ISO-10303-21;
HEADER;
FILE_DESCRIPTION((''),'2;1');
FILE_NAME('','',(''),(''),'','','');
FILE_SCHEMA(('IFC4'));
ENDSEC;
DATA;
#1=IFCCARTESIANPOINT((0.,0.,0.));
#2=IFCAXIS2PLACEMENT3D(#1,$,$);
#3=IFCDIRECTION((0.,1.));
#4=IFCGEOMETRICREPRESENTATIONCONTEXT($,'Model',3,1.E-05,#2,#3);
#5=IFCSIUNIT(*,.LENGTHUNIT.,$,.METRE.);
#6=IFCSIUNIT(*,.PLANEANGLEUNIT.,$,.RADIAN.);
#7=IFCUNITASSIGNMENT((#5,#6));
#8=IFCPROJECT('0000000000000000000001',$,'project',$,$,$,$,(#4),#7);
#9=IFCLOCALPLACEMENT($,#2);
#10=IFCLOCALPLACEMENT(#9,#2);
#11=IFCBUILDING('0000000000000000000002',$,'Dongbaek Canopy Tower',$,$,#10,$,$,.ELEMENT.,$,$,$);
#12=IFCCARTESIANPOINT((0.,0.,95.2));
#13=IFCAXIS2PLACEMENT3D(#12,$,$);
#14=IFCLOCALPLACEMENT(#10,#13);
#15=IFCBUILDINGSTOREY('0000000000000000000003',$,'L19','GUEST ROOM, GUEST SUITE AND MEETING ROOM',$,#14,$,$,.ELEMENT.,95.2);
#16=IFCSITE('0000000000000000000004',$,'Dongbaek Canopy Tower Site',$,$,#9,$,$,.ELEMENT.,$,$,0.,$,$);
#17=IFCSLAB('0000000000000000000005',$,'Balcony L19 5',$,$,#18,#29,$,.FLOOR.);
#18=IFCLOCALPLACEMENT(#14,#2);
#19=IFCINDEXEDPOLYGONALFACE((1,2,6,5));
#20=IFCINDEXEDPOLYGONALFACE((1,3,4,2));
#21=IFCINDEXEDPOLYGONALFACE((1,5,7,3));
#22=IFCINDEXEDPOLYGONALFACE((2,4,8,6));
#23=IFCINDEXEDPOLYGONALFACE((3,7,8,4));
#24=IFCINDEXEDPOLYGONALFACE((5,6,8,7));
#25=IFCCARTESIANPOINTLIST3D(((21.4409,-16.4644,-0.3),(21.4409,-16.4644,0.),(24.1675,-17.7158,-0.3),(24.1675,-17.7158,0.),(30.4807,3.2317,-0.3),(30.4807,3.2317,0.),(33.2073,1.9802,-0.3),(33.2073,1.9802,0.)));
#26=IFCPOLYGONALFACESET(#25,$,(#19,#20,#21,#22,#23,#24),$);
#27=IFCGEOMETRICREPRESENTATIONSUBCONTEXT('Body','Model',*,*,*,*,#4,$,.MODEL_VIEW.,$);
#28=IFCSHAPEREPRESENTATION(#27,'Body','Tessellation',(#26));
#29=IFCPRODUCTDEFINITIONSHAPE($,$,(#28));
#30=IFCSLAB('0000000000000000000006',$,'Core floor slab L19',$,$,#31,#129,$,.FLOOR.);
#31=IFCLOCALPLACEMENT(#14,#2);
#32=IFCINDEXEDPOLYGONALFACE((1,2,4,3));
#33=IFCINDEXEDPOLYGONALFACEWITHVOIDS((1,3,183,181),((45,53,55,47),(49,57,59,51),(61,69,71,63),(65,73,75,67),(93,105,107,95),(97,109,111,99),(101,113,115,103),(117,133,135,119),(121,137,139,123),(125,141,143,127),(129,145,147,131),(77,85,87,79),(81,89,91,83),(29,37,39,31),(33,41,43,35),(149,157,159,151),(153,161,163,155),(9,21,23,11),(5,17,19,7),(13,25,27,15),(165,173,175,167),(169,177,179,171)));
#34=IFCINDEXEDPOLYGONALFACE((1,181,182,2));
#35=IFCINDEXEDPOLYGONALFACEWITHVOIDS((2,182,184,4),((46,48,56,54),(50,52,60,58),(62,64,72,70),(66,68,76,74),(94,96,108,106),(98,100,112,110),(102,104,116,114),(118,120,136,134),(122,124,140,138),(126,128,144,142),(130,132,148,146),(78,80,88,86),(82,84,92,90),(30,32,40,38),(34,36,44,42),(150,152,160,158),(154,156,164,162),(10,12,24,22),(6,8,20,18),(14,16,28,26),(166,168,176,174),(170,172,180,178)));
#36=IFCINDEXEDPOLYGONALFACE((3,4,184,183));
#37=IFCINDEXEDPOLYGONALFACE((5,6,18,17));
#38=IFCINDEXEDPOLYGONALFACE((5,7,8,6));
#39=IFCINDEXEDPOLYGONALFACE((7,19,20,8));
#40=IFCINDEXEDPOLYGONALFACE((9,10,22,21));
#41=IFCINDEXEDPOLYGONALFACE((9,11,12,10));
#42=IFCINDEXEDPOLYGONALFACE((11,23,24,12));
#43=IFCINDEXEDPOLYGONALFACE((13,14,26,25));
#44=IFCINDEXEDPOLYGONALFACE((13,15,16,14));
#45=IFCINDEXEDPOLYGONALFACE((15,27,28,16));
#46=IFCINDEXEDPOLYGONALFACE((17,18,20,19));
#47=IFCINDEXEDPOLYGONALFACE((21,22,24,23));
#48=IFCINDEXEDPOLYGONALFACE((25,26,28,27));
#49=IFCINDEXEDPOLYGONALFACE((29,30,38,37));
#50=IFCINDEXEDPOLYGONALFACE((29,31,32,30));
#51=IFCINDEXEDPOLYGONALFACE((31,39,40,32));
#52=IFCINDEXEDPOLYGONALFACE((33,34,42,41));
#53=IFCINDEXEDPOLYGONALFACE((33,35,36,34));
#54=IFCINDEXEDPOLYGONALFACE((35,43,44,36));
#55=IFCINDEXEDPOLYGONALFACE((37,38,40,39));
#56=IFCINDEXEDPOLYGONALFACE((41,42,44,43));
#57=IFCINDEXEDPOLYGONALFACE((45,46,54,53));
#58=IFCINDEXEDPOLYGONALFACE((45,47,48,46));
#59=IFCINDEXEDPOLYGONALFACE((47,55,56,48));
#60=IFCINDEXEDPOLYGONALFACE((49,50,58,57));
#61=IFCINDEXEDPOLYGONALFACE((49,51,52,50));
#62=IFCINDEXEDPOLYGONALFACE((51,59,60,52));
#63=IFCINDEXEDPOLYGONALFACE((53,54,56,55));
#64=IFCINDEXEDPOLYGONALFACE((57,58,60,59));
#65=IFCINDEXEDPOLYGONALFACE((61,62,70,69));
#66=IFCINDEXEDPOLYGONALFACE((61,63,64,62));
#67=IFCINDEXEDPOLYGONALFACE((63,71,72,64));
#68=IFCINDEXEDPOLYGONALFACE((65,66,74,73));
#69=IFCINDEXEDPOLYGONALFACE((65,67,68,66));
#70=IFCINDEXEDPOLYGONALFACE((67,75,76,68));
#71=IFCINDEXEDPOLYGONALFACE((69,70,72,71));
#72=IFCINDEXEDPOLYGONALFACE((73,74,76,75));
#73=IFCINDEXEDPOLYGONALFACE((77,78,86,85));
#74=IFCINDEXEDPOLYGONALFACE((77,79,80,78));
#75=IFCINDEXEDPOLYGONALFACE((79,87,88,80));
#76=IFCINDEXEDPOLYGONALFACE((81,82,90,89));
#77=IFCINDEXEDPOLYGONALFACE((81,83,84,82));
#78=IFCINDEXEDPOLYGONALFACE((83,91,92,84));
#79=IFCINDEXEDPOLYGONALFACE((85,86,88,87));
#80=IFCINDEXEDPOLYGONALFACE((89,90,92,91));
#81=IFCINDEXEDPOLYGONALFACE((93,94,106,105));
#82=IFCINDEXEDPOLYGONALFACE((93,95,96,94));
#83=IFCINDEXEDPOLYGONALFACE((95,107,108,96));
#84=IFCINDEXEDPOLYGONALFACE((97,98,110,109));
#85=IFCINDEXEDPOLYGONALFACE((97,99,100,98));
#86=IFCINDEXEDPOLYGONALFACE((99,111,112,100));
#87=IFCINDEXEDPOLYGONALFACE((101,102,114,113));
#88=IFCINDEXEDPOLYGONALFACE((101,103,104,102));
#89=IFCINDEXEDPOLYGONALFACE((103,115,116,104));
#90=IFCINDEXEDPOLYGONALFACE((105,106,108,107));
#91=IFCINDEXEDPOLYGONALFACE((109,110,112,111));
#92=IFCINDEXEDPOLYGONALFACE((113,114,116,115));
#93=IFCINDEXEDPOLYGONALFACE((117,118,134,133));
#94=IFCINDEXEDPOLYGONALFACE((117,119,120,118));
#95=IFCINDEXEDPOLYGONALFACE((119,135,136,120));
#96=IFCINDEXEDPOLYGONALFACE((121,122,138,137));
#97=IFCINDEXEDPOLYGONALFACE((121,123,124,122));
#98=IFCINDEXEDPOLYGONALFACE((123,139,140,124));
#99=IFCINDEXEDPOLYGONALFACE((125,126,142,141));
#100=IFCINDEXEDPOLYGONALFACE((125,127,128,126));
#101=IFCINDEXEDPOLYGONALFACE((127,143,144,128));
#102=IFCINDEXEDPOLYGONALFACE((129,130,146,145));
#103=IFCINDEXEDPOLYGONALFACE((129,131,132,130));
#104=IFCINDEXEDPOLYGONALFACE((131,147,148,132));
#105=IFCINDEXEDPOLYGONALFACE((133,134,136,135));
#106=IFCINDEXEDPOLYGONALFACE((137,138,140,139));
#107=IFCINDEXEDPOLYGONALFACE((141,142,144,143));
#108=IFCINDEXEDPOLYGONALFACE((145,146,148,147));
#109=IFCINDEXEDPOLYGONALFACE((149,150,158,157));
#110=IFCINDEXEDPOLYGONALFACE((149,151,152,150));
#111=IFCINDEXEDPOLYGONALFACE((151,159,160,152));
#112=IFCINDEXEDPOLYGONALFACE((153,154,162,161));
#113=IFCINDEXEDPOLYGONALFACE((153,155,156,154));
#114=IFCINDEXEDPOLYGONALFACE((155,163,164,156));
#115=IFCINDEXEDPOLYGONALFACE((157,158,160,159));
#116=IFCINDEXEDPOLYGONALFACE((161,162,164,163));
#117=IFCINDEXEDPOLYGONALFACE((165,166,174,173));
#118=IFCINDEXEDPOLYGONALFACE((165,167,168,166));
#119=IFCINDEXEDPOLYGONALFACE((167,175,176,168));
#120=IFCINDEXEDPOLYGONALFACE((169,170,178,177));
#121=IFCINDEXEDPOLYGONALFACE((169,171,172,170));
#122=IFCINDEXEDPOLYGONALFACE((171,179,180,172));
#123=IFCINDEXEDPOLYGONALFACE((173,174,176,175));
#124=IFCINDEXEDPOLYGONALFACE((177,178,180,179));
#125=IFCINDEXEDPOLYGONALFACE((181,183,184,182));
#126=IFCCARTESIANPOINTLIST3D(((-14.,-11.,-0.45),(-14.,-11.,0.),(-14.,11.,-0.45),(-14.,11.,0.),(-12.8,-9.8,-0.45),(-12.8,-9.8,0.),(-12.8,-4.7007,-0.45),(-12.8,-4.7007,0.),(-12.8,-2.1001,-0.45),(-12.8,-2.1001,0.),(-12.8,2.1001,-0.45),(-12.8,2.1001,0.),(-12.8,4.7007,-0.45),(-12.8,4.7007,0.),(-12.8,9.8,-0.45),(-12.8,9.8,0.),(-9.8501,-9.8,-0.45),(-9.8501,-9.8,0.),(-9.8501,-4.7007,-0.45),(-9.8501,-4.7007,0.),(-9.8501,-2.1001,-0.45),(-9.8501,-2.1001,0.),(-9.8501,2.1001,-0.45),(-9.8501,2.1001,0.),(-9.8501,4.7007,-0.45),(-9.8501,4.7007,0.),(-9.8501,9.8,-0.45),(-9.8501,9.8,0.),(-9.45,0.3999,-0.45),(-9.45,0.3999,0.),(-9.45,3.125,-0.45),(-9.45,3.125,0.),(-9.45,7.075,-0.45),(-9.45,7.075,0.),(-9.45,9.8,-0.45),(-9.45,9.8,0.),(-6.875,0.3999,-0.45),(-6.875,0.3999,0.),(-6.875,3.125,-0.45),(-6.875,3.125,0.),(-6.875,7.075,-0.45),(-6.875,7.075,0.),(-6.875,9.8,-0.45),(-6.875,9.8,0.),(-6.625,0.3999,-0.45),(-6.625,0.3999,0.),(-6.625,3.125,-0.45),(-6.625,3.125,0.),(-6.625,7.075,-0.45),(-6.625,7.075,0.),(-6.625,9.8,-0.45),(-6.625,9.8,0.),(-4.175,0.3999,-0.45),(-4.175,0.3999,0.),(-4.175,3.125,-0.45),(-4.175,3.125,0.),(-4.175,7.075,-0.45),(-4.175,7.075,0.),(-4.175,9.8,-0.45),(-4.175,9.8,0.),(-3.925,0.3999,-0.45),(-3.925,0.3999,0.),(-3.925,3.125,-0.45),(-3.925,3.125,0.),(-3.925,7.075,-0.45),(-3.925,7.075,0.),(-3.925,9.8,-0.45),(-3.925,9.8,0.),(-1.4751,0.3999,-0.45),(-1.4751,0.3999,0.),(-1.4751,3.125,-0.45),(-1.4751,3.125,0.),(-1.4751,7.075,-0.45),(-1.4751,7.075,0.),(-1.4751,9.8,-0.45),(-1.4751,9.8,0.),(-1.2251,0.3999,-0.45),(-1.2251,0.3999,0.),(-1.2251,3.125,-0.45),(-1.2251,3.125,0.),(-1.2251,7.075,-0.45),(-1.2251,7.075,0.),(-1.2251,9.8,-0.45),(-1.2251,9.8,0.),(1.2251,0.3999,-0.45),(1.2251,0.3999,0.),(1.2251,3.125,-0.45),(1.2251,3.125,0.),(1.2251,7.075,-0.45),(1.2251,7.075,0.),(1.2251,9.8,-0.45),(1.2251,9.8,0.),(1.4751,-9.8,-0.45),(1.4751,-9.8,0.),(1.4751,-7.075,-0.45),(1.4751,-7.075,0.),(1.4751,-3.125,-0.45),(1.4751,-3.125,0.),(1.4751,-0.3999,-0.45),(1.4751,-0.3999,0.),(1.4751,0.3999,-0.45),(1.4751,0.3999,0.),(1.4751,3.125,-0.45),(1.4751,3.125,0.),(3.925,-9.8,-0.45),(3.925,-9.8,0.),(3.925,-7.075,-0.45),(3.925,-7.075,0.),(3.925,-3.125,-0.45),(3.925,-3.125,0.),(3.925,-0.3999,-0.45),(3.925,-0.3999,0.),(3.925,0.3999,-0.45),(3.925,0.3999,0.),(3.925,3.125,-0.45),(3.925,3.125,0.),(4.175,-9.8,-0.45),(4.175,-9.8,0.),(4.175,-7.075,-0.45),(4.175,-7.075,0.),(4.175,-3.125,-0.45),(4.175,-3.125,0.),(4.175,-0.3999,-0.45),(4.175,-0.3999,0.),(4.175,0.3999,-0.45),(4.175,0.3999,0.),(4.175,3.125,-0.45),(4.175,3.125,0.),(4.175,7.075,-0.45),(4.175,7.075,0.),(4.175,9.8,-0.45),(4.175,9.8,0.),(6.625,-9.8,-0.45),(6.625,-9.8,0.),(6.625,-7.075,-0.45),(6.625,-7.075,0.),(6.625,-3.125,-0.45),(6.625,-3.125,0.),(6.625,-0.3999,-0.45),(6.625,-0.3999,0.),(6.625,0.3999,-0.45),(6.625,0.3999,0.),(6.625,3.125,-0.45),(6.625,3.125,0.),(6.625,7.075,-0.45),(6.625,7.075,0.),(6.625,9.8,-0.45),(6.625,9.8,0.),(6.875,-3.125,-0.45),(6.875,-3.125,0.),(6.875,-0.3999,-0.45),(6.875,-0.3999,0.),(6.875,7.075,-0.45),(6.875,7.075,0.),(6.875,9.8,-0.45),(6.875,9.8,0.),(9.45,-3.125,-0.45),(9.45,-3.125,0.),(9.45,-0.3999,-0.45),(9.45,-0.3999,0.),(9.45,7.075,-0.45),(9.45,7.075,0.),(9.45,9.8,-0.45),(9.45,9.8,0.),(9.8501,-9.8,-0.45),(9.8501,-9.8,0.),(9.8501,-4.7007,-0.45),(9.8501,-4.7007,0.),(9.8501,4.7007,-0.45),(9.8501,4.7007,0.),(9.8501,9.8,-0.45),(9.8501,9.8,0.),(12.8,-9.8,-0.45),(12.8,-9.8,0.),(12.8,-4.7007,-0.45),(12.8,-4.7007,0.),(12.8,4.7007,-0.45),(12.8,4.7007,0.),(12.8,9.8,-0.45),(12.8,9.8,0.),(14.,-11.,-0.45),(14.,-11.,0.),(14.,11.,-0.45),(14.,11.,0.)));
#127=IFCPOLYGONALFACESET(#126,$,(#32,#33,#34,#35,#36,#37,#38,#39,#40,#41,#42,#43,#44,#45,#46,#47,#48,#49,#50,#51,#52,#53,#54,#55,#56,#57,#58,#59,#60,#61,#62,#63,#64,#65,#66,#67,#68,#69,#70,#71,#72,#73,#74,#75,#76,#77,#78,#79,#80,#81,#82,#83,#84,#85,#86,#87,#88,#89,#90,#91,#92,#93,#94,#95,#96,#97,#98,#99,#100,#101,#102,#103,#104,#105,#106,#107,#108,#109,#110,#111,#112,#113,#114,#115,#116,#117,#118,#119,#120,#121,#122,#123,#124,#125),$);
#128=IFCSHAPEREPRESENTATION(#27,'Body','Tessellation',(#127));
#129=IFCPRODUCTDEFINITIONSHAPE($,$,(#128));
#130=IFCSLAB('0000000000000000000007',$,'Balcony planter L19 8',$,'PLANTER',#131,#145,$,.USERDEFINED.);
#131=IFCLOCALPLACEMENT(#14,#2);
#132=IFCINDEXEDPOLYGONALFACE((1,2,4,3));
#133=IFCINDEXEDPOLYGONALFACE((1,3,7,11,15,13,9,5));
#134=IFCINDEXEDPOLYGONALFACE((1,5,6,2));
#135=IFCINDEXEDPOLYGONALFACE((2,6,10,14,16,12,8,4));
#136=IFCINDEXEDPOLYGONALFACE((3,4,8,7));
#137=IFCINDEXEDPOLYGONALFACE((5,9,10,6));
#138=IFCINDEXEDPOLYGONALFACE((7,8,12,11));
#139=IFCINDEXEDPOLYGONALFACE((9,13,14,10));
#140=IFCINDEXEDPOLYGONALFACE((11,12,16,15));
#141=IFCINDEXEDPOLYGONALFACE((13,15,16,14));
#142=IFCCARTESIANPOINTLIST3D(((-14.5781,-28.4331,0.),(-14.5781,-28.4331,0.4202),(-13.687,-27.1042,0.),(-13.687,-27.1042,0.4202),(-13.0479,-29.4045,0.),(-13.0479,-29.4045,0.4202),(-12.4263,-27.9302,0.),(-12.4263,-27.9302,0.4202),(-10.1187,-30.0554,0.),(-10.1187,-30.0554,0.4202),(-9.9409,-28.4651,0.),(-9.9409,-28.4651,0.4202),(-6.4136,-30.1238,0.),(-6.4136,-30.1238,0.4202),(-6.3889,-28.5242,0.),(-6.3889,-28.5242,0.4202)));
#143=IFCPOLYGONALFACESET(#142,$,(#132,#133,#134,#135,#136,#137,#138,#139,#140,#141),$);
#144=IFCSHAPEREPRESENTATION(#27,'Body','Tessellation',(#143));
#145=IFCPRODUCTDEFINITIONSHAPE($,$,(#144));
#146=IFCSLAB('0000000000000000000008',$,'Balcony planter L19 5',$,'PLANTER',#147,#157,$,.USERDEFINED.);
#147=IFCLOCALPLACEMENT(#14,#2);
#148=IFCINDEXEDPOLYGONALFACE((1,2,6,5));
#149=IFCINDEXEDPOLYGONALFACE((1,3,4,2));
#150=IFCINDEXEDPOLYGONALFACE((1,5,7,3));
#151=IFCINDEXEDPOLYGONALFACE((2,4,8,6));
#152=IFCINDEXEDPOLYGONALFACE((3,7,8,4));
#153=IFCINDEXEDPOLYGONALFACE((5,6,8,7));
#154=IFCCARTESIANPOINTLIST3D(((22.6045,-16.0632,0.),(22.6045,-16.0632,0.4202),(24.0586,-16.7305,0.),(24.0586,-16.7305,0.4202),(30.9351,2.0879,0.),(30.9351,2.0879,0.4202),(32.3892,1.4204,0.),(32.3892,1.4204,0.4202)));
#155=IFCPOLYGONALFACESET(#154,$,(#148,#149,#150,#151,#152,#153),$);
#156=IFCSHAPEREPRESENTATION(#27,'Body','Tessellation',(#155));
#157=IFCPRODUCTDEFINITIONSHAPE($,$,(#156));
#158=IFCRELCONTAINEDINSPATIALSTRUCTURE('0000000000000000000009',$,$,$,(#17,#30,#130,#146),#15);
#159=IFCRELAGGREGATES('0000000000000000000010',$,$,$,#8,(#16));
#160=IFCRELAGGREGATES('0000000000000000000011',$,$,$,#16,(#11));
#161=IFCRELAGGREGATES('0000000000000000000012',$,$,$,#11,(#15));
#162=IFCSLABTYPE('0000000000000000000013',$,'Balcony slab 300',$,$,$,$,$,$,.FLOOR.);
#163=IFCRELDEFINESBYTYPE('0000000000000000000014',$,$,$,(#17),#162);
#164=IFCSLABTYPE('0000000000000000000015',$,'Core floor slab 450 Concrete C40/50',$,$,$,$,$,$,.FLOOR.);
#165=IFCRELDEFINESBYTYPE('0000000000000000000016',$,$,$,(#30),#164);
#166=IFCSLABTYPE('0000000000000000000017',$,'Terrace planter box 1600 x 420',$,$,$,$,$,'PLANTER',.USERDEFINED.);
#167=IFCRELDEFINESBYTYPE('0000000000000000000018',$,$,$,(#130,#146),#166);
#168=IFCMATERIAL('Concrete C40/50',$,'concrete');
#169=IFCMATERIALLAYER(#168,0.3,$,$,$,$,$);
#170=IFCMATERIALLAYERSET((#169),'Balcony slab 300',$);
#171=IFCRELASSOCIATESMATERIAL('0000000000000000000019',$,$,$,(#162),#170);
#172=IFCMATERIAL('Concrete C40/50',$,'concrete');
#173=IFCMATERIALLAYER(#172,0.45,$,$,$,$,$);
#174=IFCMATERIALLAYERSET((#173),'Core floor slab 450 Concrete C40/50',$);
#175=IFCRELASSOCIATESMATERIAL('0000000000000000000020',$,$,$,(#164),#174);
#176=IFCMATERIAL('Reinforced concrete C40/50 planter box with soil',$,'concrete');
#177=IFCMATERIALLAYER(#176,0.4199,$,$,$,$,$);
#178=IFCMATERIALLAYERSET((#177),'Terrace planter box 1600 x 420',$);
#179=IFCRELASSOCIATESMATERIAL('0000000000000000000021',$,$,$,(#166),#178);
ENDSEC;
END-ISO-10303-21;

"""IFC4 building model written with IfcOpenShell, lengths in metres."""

from ifc_helpers import new_model, si_unit, direction, frame, origin, place, context, subcontext, project, spatial, polyline, outline, extrude, material, layer, layer_set, type_object, element, save


model = new_model("IFC4")

# Units and contexts
model_context = context("Model", 3, precision=1e-05, world=origin(), true_north=direction((0.0, 1.0)))
body_context = subcontext(model_context, "Body", "Model", "MODEL_VIEW")
ifc_project = project(units=[si_unit("LENGTHUNIT", "METRE"), si_unit("PLANEANGLEUNIT", "RADIAN")], contexts=[model_context])

# Site, building, storey
site_placement = place(None, origin())
site = spatial("IfcSite", under=ifc_project, at=site_placement, Name="Dongbaek Canopy Tower Site", CompositionType="ELEMENT", RefElevation=0.0)
building_placement = place(site_placement, origin())
building = spatial("IfcBuilding", under=site, at=building_placement, Name="Dongbaek Canopy Tower", CompositionType="ELEMENT")
storey_placement = place(building_placement, frame((0.0, 0.0, 95.2)))
storey = spatial("IfcBuildingStorey", under=building, at=storey_placement, Name="L19", Description="GUEST ROOM, GUEST SUITE AND MEETING ROOM", CompositionType="ELEMENT", Elevation=95.2)

# Slabs
ifc_material_1 = material(Name="Concrete C40/50", Category="concrete")
ifc_layer_1 = layer(ifc_material_1, 0.3)
ifc_layer_set_1 = layer_set([ifc_layer_1], Name="Balcony slab 300")
slab_type_1 = type_object("IfcSlabType", Name="Balcony slab 300", PredefinedType="FLOOR", material=ifc_layer_set_1)
slab_1_placement = place(storey_placement, frame((0.0, 0.0, -0.3)))
element("IfcSlab", 1, at=slab_1_placement, inside=storey, type_object=slab_type_1, Name="Balcony L19 5", PredefinedType="FLOOR", context=body_context, shape_type="SweptSolid", body=[
    extrude(outline(polyline([(21.4409, -16.4644), (30.4807, 3.2317), (33.2073, 1.9802), (24.1675, -17.7158), (21.4409, -16.4644)])), origin(), (0.0, 0.0, 1.0), 0.3),
])
ifc_material_2 = material(Name="Concrete C40/50", Category="concrete")
ifc_layer_2 = layer(ifc_material_2, 0.45)
ifc_layer_set_2 = layer_set([ifc_layer_2], Name="Core floor slab 450 Concrete C40/50")
slab_type_2 = type_object("IfcSlabType", Name="Core floor slab 450 Concrete C40/50", PredefinedType="FLOOR", material=ifc_layer_set_2)
slab_2_placement = place(storey_placement, frame((0.0, 0.0, -0.45)))
element("IfcSlab", 2, at=slab_2_placement, inside=storey, type_object=slab_type_2, Name="Core floor slab L19", PredefinedType="FLOOR", context=body_context, shape_type="SweptSolid", body=[
    extrude(outline(polyline([(14.0, -11.0), (14.0, 11.0), (-14.0, 11.0), (-14.0, -11.0), (14.0, -11.0)]), holes=[polyline([(-12.8, 2.1001), (-9.8501, 2.1001), (-9.8501, -2.1001), (-12.8, -2.1001), (-12.8, 2.1001)]), polyline([(-6.875, 9.8), (-6.875, 7.075), (-9.45, 7.075), (-9.45, 9.8), (-6.875, 9.8)]), polyline([(-4.175, 9.8), (-4.175, 7.075), (-6.625, 7.075), (-6.625, 9.8), (-4.175, 9.8)]), polyline([(-1.4751, 9.8), (-1.4751, 7.075), (-3.925, 7.075), (-3.925, 9.8), (-1.4751, 9.8)]), polyline([(1.2251, 9.8), (1.2251, 7.075), (-1.2251, 7.075), (-1.2251, 9.8), (1.2251, 9.8)]), polyline([(6.625, 9.8), (6.625, 7.075), (4.175, 7.075), (4.175, 9.8), (6.625, 9.8)]), polyline([(9.45, 7.075), (6.875, 7.075), (6.875, 9.8), (9.45, 9.8), (9.45, 7.075)]), polyline([(-9.45, 3.125), (-6.875, 3.125), (-6.875, 0.3999), (-9.45, 0.3999), (-9.45, 3.125)]), polyline([(-6.625, 3.125), (-4.175, 3.125), (-4.175, 0.3999), (-6.625, 0.3999), (-6.625, 3.125)]), polyline([(-3.925, 3.125), (-1.4751, 3.125), (-1.4751, 0.3999), (-3.925, 0.3999), (-3.925, 3.125)]), polyline([(-1.2251, 0.3999), (-1.2251, 3.125), (1.2251, 3.125), (1.2251, 0.3999), (-1.2251, 0.3999)]), polyline([(1.4751, 0.3999), (1.4751, 3.125), (3.925, 3.125), (3.925, 0.3999), (1.4751, 0.3999)]), polyline([(4.175, 0.3999), (4.175, 3.125), (6.625, 3.125), (6.625, 0.3999), (4.175, 0.3999)]), polyline([(1.4751, -0.3999), (3.925, -0.3999), (3.925, -3.125), (1.4751, -3.125), (1.4751, -0.3999)]), polyline([(6.625, -0.3999), (6.625, -3.125), (4.175, -3.125), (4.175, -0.3999), (6.625, -0.3999)]), polyline([(9.45, -3.125), (6.875, -3.125), (6.875, -0.3999), (9.45, -0.3999), (9.45, -3.125)]), polyline([(1.4751, -9.8), (1.4751, -7.075), (3.925, -7.075), (3.925, -9.8), (1.4751, -9.8)]), polyline([(4.175, -9.8), (4.175, -7.075), (6.625, -7.075), (6.625, -9.8), (4.175, -9.8)]), polyline([(12.8, 4.7007), (12.8, 9.8), (9.8501, 9.8), (9.8501, 4.7007), (12.8, 4.7007)]), polyline([(-9.8501, 4.7007), (-9.8501, 9.8), (-12.8, 9.8), (-12.8, 4.7007), (-9.8501, 4.7007)]), polyline([(9.8501, -4.7007), (9.8501, -9.8), (12.8, -9.8), (12.8, -4.7007), (9.8501, -4.7007)]), polyline([(-12.8, -4.7007), (-12.8, -9.8), (-9.8501, -9.8), (-9.8501, -4.7007), (-12.8, -4.7007)])]), origin(), (0.0, 0.0, 1.0), 0.45),
])
ifc_material_3 = material(Name="Reinforced concrete C40/50 planter box with soil", Category="concrete")
ifc_layer_3 = layer(ifc_material_3, 0.4199)
ifc_layer_set_3 = layer_set([ifc_layer_3], Name="Terrace planter box 1600 x 420")
slab_type_3 = type_object("IfcSlabType", Name="Terrace planter box 1600 x 420", ElementType="PLANTER", PredefinedType="USERDEFINED", material=ifc_layer_set_3)
slab_3_placement = place(storey_placement, origin())
element("IfcSlab", 3, at=slab_3_placement, inside=storey, type_object=slab_type_3, Name="Balcony planter L19 8", ObjectType="PLANTER", PredefinedType="USERDEFINED", context=body_context, shape_type="SweptSolid", body=[
    extrude(outline(polyline([(-13.687, -27.1042), (-12.4263, -27.9302), (-9.9409, -28.4651), (-6.3889, -28.5242), (-6.4136, -30.1238), (-10.1187, -30.0554), (-13.0479, -29.4045), (-14.5781, -28.4331), (-13.687, -27.1042)])), origin(), (0.0, 0.0, 1.0), 0.4202),
])
slab_4_placement = place(storey_placement, origin())
element("IfcSlab", 4, at=slab_4_placement, inside=storey, type_object=slab_type_3, Name="Balcony planter L19 5", ObjectType="PLANTER", PredefinedType="USERDEFINED", context=body_context, shape_type="SweptSolid", body=[
    extrude(outline(polyline([(22.6045, -16.0632), (30.9351, 2.0879), (32.3892, 1.4204), (24.0586, -16.7305), (22.6045, -16.0632)])), origin(), (0.0, 0.0, 1.0), 0.4202),
])

save(model, "model.ifc")
